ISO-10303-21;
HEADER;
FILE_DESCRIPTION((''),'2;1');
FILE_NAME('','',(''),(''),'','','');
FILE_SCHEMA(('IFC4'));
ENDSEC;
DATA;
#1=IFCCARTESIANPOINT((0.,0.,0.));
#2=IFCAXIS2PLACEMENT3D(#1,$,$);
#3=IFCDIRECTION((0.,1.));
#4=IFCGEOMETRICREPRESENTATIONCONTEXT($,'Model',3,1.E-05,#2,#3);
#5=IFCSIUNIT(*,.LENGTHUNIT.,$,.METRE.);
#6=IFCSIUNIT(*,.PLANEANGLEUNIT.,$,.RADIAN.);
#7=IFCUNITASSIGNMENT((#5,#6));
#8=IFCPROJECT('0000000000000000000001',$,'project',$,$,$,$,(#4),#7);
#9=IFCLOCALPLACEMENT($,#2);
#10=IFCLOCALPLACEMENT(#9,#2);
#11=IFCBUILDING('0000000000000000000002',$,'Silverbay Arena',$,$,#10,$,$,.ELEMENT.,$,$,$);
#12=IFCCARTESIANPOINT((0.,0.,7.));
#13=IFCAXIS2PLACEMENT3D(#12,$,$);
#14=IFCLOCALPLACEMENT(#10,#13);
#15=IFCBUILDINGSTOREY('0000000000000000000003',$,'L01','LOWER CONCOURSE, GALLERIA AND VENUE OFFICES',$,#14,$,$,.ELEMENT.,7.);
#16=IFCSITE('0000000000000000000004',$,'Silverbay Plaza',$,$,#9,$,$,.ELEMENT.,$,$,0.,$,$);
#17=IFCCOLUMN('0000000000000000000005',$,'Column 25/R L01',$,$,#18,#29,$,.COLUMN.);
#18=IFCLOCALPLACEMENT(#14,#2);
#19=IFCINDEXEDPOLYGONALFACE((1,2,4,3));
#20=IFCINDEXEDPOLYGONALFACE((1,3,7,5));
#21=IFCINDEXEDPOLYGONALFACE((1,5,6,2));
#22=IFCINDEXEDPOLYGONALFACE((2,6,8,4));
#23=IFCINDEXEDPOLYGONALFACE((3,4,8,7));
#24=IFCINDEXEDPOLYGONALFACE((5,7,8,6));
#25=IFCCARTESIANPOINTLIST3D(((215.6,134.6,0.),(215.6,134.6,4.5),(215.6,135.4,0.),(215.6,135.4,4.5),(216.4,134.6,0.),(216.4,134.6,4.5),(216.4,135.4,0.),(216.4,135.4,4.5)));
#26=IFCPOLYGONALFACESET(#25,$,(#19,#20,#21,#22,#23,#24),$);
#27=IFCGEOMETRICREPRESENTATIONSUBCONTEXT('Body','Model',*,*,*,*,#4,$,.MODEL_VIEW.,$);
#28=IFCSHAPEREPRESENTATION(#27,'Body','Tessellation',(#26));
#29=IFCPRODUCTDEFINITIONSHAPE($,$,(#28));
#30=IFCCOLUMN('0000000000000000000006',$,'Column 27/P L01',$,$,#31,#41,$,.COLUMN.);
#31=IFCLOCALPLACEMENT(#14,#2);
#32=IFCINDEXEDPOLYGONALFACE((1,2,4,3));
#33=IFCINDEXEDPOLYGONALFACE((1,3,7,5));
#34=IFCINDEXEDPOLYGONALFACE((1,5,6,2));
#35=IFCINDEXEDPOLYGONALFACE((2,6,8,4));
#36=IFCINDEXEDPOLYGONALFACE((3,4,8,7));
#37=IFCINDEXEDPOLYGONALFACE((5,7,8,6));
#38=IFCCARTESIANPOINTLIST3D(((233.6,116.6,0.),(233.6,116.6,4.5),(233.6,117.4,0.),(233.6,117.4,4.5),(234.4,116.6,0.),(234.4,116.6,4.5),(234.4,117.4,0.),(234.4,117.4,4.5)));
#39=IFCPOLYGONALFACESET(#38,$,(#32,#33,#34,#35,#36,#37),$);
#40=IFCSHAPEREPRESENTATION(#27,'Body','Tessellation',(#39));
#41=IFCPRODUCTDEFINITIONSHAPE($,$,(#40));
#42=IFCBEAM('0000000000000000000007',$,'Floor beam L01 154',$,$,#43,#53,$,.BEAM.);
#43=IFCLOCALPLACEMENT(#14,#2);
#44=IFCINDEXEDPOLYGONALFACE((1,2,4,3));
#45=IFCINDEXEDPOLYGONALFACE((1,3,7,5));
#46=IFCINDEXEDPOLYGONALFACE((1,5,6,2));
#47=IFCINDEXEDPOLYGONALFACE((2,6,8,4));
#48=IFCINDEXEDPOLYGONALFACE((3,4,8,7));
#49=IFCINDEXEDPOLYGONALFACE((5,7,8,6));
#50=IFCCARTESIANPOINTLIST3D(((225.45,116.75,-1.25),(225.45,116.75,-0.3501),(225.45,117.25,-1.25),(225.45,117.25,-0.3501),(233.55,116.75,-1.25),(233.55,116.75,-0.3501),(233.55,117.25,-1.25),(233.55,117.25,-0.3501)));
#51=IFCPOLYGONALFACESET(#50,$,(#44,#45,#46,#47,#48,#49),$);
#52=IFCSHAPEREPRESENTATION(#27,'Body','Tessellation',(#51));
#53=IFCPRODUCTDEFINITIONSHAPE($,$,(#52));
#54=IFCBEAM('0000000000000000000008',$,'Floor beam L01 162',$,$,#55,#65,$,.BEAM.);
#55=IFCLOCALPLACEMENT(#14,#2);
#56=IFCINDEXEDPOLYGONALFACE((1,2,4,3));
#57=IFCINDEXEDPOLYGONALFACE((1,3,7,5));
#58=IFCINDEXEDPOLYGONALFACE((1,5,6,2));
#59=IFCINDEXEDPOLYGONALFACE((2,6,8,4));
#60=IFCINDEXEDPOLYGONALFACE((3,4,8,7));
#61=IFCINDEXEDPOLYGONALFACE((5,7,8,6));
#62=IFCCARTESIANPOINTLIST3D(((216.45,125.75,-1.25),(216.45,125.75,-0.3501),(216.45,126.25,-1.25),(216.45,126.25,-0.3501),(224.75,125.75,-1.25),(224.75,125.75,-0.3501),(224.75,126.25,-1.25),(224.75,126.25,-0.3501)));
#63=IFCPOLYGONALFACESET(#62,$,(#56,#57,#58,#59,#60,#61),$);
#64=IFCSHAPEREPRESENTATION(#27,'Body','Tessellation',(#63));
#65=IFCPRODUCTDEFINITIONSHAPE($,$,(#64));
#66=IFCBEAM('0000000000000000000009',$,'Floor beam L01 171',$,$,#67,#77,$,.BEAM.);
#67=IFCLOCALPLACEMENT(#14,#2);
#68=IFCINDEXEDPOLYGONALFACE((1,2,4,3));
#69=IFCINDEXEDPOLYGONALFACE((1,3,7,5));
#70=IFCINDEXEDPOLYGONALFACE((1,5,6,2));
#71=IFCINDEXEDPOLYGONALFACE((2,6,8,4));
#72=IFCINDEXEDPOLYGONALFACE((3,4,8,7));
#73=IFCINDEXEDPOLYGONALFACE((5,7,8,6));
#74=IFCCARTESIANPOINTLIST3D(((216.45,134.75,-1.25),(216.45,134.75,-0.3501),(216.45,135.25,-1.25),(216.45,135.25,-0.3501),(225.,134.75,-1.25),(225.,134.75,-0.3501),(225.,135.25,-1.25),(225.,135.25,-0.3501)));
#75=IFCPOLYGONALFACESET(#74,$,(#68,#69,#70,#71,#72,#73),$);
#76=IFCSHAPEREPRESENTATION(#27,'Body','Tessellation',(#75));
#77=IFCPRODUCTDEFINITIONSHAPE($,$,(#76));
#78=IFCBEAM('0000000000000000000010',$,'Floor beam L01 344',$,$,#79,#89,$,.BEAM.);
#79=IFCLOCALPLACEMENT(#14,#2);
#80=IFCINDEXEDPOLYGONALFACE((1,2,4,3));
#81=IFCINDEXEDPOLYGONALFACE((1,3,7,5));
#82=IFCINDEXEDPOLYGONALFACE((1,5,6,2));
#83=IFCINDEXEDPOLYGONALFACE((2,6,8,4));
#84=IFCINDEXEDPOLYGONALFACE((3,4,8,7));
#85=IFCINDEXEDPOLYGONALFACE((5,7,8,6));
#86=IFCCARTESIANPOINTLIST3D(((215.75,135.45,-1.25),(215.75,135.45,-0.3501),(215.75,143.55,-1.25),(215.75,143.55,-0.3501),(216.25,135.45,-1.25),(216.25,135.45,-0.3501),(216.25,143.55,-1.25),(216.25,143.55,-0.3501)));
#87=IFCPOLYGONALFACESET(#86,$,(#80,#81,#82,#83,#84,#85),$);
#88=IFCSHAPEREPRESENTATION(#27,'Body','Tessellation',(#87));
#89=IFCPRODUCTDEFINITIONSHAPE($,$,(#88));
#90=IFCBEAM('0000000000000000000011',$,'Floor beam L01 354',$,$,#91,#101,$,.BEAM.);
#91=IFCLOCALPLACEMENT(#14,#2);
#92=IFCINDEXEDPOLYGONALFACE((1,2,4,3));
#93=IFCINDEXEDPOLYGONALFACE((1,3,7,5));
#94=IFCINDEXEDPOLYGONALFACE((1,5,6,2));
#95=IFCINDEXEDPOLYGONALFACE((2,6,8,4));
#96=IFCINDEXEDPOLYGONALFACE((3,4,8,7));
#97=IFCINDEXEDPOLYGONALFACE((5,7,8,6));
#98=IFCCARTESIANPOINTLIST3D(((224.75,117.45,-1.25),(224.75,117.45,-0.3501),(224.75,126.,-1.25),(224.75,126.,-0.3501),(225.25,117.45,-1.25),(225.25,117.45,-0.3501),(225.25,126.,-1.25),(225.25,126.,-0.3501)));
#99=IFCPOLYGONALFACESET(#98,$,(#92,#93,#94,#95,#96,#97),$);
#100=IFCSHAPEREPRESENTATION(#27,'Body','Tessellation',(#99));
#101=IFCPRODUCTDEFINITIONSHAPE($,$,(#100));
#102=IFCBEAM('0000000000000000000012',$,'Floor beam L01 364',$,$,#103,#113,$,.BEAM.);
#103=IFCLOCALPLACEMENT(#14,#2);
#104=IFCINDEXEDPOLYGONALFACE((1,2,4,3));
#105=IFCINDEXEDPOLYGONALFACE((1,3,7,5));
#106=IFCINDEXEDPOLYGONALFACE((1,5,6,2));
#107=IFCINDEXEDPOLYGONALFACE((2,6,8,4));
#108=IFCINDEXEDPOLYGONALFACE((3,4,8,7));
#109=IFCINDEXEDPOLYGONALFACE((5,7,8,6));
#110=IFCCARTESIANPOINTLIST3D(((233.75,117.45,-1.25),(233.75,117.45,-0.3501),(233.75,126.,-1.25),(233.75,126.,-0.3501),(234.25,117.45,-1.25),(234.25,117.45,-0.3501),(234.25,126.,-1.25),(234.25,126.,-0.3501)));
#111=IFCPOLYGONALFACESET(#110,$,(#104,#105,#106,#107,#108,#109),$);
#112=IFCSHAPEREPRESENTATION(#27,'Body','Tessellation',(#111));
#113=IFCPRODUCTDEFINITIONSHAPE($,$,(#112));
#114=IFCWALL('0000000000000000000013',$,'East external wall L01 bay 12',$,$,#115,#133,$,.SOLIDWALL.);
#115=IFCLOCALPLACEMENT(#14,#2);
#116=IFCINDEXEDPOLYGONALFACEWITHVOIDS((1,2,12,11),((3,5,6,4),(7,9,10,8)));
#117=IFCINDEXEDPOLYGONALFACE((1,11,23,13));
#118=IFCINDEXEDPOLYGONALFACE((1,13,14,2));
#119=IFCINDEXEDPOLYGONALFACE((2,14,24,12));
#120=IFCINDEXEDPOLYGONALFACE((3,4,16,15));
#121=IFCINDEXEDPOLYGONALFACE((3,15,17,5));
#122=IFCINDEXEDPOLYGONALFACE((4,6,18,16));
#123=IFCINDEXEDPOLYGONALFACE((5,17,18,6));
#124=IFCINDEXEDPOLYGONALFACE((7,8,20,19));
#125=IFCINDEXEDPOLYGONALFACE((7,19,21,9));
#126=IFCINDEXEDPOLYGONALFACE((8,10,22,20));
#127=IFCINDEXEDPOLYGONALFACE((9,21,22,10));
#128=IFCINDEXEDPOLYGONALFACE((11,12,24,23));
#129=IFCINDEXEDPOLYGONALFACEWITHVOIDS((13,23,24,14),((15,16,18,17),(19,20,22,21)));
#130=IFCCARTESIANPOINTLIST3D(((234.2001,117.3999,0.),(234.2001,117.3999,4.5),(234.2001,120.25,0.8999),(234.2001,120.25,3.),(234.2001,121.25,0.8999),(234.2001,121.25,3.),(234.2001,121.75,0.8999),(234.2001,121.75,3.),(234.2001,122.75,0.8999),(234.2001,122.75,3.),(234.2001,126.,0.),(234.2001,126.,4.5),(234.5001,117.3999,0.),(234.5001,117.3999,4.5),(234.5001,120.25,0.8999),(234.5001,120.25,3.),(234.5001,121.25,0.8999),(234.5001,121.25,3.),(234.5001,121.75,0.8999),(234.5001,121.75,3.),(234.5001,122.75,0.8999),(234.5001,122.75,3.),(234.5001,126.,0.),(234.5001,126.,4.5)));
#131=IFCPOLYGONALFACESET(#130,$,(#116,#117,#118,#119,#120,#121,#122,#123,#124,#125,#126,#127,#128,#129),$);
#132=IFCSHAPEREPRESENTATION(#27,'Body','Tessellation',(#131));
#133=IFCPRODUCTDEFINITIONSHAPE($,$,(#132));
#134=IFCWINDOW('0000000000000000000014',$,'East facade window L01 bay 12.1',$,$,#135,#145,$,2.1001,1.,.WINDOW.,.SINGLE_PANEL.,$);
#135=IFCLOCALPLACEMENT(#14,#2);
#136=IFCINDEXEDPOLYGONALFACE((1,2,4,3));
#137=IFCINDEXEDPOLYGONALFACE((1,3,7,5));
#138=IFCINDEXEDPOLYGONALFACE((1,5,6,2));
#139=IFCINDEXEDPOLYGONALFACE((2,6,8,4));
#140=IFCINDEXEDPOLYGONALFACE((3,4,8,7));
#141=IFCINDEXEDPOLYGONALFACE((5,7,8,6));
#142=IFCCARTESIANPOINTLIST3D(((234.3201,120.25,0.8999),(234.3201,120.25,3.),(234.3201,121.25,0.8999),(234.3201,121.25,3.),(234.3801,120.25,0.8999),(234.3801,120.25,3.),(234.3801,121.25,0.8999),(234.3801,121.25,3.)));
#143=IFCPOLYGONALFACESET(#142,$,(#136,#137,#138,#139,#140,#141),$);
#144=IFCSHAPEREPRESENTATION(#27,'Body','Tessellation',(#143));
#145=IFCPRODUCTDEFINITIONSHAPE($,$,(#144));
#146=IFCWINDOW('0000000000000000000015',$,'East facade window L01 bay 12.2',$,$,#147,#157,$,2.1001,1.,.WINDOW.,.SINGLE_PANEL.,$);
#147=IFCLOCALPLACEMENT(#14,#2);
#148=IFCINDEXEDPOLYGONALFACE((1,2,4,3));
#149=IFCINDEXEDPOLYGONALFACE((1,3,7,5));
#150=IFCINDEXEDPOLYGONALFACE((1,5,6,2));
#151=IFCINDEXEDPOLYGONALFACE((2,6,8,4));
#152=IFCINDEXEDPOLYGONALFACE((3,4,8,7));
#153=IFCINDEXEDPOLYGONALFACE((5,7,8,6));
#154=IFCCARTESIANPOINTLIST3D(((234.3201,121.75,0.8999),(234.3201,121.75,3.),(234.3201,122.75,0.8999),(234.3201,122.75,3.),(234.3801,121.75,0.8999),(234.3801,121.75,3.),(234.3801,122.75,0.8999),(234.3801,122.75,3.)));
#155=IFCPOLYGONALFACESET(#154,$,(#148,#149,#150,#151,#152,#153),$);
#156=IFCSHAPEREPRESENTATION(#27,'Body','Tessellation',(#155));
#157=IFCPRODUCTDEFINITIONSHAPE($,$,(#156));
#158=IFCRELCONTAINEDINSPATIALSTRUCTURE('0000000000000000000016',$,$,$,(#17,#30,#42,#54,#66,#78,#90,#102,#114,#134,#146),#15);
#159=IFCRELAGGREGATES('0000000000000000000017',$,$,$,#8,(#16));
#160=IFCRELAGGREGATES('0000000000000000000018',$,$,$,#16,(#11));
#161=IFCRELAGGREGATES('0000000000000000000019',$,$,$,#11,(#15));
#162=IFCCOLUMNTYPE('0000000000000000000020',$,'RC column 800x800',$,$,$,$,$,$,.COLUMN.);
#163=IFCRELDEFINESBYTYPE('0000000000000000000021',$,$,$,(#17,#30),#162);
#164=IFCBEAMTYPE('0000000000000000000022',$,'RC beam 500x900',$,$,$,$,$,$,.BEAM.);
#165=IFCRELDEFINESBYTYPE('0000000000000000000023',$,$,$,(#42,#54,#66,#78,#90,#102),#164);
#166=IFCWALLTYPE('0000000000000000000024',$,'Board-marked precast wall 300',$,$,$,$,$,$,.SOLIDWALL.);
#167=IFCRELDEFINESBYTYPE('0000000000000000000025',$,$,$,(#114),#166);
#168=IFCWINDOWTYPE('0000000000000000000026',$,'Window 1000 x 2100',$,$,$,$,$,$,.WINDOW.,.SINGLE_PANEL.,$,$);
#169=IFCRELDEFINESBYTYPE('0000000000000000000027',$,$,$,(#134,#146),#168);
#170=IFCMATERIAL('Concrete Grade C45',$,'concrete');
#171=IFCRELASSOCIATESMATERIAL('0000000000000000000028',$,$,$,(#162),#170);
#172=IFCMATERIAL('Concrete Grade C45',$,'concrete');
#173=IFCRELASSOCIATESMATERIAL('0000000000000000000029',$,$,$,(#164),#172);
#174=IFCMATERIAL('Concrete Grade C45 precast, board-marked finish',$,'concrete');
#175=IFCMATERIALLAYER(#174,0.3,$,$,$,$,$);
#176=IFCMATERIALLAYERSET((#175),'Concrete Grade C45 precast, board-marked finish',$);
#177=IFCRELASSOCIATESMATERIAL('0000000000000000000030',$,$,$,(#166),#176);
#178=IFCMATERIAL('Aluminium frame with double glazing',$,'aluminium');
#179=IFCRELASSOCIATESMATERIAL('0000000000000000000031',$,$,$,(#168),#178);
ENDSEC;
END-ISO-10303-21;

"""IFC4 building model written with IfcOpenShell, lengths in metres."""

from ifc_helpers import new_model, si_unit, direction, frame, frame_2d, origin, origin_2d, place, context, subcontext, project, spatial, rectangle, extrude, material, layer, layer_set, material_profile, profile_set, type_object, element, fill, save


model = new_model("IFC4")

# Units and contexts
model_context = context("Model", 3, precision=1e-05, world=origin(), true_north=direction((0.0, 1.0)))
body_context = subcontext(model_context, "Body", "Model", "MODEL_VIEW")
ifc_project = project(units=[si_unit("LENGTHUNIT", "METRE"), si_unit("PLANEANGLEUNIT", "RADIAN")], contexts=[model_context])

# Site, building, storey
site_placement = place(None, origin())
site = spatial("IfcSite", under=ifc_project, at=site_placement, Name="Silverbay Plaza", CompositionType="ELEMENT", RefElevation=0.0)
building_placement = place(site_placement, origin())
building = spatial("IfcBuilding", under=site, at=building_placement, Name="Silverbay Arena", CompositionType="ELEMENT")
storey_placement = place(building_placement, frame((0.0, 0.0, 7.0)))
storey = spatial("IfcBuildingStorey", under=building, at=storey_placement, Name="L01", Description="LOWER CONCOURSE, GALLERIA AND VENUE OFFICES", CompositionType="ELEMENT", Elevation=7.0)

# Columns
ifc_material_1 = material(Name="Concrete Grade C45", Category="concrete")
ifc_material_profile_1 = material_profile(ifc_material_1, rectangle(XDim=0.8, YDim=0.8, at=origin_2d()), Name="RC 800x800")
ifc_profile_set_1 = profile_set([ifc_material_profile_1], Name="Concrete Grade C45")
column_type = type_object("IfcColumnType", Name="RC column 800x800", PredefinedType="COLUMN", material=ifc_profile_set_1)
for number, where, z_axis, x_axis, name in (
    (1, (216.0, 135.0, 0.0), (0.0, 0.0, 1.0), (1.0, 0.0, 0.0), "Column 25/R L01"),
    (2, (234.0, 117.0, 0.0), (0.0, 0.0, 1.0), (1.0, 0.0, 0.0), "Column 27/P L01"),
):
    element("IfcColumn", number, at=place(storey_placement, frame(where, z_axis=z_axis, x_axis=x_axis)), inside=storey, type_object=column_type, Name=name, PredefinedType="COLUMN", context=body_context, shape_type="SweptSolid", body=[
        extrude(rectangle(XDim=0.8, YDim=0.8, at=origin_2d()), origin(), (0.0, 0.0, 1.0), 4.5),
    ])

# Beams
ifc_material_2 = material(Name="Concrete Grade C45", Category="concrete")
ifc_material_profile_2 = material_profile(ifc_material_2, rectangle(XDim=0.5, YDim=0.8999, at=origin_2d()), Name="RC 500x900")
ifc_profile_set_2 = profile_set([ifc_material_profile_2], Name="Concrete Grade C45")
beam_type = type_object("IfcBeamType", Name="RC beam 500x900", PredefinedType="BEAM", material=ifc_profile_set_2)
beam_1_placement = place(storey_placement, frame((225.45, 117.0, -0.8), z_axis=(1.0, 0.0, 0.0), x_axis=(0.0, 1.0, 0.0)))
element("IfcBeam", 3, at=beam_1_placement, inside=storey, type_object=beam_type, Name="Floor beam L01 154", PredefinedType="BEAM", context=body_context, shape_type="SweptSolid", body=[
    extrude(rectangle(XDim=0.5, YDim=0.8999, at=origin_2d()), origin(), (0.0, 0.0, 1.0), 8.1001),
])
beam_2_placement = place(storey_placement, frame((216.45, 126.0, -0.8), z_axis=(1.0, 0.0, 0.0), x_axis=(0.0, 1.0, 0.0)))
element("IfcBeam", 4, at=beam_2_placement, inside=storey, type_object=beam_type, Name="Floor beam L01 162", PredefinedType="BEAM", context=body_context, shape_type="SweptSolid", body=[
    extrude(rectangle(XDim=0.5, YDim=0.8999, at=origin_2d()), origin(), (0.0, 0.0, 1.0), 8.3),
])
beam_3_placement = place(storey_placement, frame((216.45, 135.0, -0.8), z_axis=(1.0, 0.0, 0.0), x_axis=(0.0, 1.0, 0.0)))
element("IfcBeam", 5, at=beam_3_placement, inside=storey, type_object=beam_type, Name="Floor beam L01 171", PredefinedType="BEAM", context=body_context, shape_type="SweptSolid", body=[
    extrude(rectangle(XDim=0.5, YDim=0.8999, at=origin_2d()), origin(), (0.0, 0.0, 1.0), 8.55),
])
beam_4_placement = place(storey_placement, frame((216.0, 135.45, -0.8), z_axis=(0.0, 1.0, 0.0), x_axis=(-1.0, 0.0, 0.0)))
element("IfcBeam", 6, at=beam_4_placement, inside=storey, type_object=beam_type, Name="Floor beam L01 344", PredefinedType="BEAM", context=body_context, shape_type="SweptSolid", body=[
    extrude(rectangle(XDim=0.5, YDim=0.8999, at=origin_2d()), origin(), (0.0, 0.0, 1.0), 8.1001),
])
for number, where, z_axis, x_axis, name in (
    (7, (225.0, 117.45, -0.8), (0.0, 1.0, 0.0), (-1.0, 0.0, 0.0), "Floor beam L01 354"),
    (8, (234.0, 117.45, -0.8), (0.0, 1.0, 0.0), (-1.0, 0.0, 0.0), "Floor beam L01 364"),
):
    element("IfcBeam", number, at=place(storey_placement, frame(where, z_axis=z_axis, x_axis=x_axis)), inside=storey, type_object=beam_type, Name=name, PredefinedType="BEAM", context=body_context, shape_type="SweptSolid", body=[
        extrude(rectangle(XDim=0.5, YDim=0.8999, at=origin_2d()), origin(), (0.0, 0.0, 1.0), 8.55),
    ])

# Wall, openings, windows
ifc_material_3 = material(Name="Concrete Grade C45 precast, board-marked finish", Category="concrete")
ifc_layer_1 = layer(ifc_material_3, 0.3)
ifc_layer_set_1 = layer_set([ifc_layer_1], Name="Concrete Grade C45 precast, board-marked finish")
wall_type_1 = type_object("IfcWallType", Name="Board-marked precast wall 300", PredefinedType="SOLIDWALL", material=ifc_layer_set_1)
wall_1_placement = place(storey_placement, frame((234.3501, 117.3999, 0.0), z_axis=(0.0, 0.0, 1.0), x_axis=(0.0, 1.0, 0.0)))
wall_1 = element("IfcWall", 9, at=wall_1_placement, inside=storey, type_object=wall_type_1, Name="East external wall L01 bay 12", PredefinedType="SOLIDWALL", context=body_context, shape_type="SweptSolid", body=[
    extrude(rectangle(XDim=8.6001, YDim=0.3, at=frame_2d((4.3, 0.0))), origin(), (0.0, 0.0, 1.0), 4.5),
])
opening_1_placement = place(wall_1_placement, frame((2.8501, 0.0, 0.8999)))
opening_1 = element("IfcOpeningElement", 10, at=opening_1_placement, cuts=wall_1, PredefinedType="OPENING", context=body_context, shape_type="SweptSolid", body=[
    extrude(rectangle(XDim=1.0, YDim=2.1001, at=frame_2d((0.5, 1.05))), frame((0.0, 0.1602, 0.0), z_axis=(0.0, -1.0, 0.0), x_axis=(1.0, 0.0, 0.0)), (0.0, 0.0, 1.0), 0.3201),
])
opening_2_placement = place(wall_1_placement, frame((4.3501, 0.0, 0.8999)))
opening_2 = element("IfcOpeningElement", 11, at=opening_2_placement, cuts=wall_1, PredefinedType="OPENING", context=body_context, shape_type="SweptSolid", body=[
    extrude(rectangle(XDim=1.0, YDim=2.1001, at=frame_2d((0.5, 1.05))), frame((0.0, 0.1602, 0.0), z_axis=(0.0, -1.0, 0.0), x_axis=(1.0, 0.0, 0.0)), (0.0, 0.0, 1.0), 0.3201),
])
ifc_material_4 = material(Name="Aluminium frame with double glazing", Category="aluminium")
window_type = type_object("IfcWindowType", Name="Window 1000 x 2100", PartitioningType="SINGLE_PANEL", PredefinedType="WINDOW", material=ifc_material_4)
window_1_placement = place(opening_1_placement, origin())
window_1 = element("IfcWindow", 12, at=window_1_placement, inside=storey, type_object=window_type, Name="East facade window L01 bay 12.1", OverallHeight=2.1001, OverallWidth=1.0, PartitioningType="SINGLE_PANEL", PredefinedType="WINDOW", context=body_context, shape_type="SweptSolid", body=[
    extrude(rectangle(XDim=1.0, YDim=2.1001, at=frame_2d((0.5, 1.05))), frame((0.0, 0.03, 0.0), z_axis=(0.0, -1.0, 0.0), x_axis=(1.0, 0.0, 0.0)), (0.0, 0.0, 1.0), 0.0601),
])
fill(opening_1, window_1)
window_2_placement = place(opening_2_placement, origin())
window_2 = element("IfcWindow", 13, at=window_2_placement, inside=storey, type_object=window_type, Name="East facade window L01 bay 12.2", OverallHeight=2.1001, OverallWidth=1.0, PartitioningType="SINGLE_PANEL", PredefinedType="WINDOW", context=body_context, shape_type="SweptSolid", body=[
    extrude(rectangle(XDim=1.0, YDim=2.1001, at=frame_2d((0.5, 1.05))), frame((0.0, 0.03, 0.0), z_axis=(0.0, -1.0, 0.0), x_axis=(1.0, 0.0, 0.0)), (0.0, 0.0, 1.0), 0.0601),
])
fill(opening_2, window_2)

save(model, "model.ifc")
